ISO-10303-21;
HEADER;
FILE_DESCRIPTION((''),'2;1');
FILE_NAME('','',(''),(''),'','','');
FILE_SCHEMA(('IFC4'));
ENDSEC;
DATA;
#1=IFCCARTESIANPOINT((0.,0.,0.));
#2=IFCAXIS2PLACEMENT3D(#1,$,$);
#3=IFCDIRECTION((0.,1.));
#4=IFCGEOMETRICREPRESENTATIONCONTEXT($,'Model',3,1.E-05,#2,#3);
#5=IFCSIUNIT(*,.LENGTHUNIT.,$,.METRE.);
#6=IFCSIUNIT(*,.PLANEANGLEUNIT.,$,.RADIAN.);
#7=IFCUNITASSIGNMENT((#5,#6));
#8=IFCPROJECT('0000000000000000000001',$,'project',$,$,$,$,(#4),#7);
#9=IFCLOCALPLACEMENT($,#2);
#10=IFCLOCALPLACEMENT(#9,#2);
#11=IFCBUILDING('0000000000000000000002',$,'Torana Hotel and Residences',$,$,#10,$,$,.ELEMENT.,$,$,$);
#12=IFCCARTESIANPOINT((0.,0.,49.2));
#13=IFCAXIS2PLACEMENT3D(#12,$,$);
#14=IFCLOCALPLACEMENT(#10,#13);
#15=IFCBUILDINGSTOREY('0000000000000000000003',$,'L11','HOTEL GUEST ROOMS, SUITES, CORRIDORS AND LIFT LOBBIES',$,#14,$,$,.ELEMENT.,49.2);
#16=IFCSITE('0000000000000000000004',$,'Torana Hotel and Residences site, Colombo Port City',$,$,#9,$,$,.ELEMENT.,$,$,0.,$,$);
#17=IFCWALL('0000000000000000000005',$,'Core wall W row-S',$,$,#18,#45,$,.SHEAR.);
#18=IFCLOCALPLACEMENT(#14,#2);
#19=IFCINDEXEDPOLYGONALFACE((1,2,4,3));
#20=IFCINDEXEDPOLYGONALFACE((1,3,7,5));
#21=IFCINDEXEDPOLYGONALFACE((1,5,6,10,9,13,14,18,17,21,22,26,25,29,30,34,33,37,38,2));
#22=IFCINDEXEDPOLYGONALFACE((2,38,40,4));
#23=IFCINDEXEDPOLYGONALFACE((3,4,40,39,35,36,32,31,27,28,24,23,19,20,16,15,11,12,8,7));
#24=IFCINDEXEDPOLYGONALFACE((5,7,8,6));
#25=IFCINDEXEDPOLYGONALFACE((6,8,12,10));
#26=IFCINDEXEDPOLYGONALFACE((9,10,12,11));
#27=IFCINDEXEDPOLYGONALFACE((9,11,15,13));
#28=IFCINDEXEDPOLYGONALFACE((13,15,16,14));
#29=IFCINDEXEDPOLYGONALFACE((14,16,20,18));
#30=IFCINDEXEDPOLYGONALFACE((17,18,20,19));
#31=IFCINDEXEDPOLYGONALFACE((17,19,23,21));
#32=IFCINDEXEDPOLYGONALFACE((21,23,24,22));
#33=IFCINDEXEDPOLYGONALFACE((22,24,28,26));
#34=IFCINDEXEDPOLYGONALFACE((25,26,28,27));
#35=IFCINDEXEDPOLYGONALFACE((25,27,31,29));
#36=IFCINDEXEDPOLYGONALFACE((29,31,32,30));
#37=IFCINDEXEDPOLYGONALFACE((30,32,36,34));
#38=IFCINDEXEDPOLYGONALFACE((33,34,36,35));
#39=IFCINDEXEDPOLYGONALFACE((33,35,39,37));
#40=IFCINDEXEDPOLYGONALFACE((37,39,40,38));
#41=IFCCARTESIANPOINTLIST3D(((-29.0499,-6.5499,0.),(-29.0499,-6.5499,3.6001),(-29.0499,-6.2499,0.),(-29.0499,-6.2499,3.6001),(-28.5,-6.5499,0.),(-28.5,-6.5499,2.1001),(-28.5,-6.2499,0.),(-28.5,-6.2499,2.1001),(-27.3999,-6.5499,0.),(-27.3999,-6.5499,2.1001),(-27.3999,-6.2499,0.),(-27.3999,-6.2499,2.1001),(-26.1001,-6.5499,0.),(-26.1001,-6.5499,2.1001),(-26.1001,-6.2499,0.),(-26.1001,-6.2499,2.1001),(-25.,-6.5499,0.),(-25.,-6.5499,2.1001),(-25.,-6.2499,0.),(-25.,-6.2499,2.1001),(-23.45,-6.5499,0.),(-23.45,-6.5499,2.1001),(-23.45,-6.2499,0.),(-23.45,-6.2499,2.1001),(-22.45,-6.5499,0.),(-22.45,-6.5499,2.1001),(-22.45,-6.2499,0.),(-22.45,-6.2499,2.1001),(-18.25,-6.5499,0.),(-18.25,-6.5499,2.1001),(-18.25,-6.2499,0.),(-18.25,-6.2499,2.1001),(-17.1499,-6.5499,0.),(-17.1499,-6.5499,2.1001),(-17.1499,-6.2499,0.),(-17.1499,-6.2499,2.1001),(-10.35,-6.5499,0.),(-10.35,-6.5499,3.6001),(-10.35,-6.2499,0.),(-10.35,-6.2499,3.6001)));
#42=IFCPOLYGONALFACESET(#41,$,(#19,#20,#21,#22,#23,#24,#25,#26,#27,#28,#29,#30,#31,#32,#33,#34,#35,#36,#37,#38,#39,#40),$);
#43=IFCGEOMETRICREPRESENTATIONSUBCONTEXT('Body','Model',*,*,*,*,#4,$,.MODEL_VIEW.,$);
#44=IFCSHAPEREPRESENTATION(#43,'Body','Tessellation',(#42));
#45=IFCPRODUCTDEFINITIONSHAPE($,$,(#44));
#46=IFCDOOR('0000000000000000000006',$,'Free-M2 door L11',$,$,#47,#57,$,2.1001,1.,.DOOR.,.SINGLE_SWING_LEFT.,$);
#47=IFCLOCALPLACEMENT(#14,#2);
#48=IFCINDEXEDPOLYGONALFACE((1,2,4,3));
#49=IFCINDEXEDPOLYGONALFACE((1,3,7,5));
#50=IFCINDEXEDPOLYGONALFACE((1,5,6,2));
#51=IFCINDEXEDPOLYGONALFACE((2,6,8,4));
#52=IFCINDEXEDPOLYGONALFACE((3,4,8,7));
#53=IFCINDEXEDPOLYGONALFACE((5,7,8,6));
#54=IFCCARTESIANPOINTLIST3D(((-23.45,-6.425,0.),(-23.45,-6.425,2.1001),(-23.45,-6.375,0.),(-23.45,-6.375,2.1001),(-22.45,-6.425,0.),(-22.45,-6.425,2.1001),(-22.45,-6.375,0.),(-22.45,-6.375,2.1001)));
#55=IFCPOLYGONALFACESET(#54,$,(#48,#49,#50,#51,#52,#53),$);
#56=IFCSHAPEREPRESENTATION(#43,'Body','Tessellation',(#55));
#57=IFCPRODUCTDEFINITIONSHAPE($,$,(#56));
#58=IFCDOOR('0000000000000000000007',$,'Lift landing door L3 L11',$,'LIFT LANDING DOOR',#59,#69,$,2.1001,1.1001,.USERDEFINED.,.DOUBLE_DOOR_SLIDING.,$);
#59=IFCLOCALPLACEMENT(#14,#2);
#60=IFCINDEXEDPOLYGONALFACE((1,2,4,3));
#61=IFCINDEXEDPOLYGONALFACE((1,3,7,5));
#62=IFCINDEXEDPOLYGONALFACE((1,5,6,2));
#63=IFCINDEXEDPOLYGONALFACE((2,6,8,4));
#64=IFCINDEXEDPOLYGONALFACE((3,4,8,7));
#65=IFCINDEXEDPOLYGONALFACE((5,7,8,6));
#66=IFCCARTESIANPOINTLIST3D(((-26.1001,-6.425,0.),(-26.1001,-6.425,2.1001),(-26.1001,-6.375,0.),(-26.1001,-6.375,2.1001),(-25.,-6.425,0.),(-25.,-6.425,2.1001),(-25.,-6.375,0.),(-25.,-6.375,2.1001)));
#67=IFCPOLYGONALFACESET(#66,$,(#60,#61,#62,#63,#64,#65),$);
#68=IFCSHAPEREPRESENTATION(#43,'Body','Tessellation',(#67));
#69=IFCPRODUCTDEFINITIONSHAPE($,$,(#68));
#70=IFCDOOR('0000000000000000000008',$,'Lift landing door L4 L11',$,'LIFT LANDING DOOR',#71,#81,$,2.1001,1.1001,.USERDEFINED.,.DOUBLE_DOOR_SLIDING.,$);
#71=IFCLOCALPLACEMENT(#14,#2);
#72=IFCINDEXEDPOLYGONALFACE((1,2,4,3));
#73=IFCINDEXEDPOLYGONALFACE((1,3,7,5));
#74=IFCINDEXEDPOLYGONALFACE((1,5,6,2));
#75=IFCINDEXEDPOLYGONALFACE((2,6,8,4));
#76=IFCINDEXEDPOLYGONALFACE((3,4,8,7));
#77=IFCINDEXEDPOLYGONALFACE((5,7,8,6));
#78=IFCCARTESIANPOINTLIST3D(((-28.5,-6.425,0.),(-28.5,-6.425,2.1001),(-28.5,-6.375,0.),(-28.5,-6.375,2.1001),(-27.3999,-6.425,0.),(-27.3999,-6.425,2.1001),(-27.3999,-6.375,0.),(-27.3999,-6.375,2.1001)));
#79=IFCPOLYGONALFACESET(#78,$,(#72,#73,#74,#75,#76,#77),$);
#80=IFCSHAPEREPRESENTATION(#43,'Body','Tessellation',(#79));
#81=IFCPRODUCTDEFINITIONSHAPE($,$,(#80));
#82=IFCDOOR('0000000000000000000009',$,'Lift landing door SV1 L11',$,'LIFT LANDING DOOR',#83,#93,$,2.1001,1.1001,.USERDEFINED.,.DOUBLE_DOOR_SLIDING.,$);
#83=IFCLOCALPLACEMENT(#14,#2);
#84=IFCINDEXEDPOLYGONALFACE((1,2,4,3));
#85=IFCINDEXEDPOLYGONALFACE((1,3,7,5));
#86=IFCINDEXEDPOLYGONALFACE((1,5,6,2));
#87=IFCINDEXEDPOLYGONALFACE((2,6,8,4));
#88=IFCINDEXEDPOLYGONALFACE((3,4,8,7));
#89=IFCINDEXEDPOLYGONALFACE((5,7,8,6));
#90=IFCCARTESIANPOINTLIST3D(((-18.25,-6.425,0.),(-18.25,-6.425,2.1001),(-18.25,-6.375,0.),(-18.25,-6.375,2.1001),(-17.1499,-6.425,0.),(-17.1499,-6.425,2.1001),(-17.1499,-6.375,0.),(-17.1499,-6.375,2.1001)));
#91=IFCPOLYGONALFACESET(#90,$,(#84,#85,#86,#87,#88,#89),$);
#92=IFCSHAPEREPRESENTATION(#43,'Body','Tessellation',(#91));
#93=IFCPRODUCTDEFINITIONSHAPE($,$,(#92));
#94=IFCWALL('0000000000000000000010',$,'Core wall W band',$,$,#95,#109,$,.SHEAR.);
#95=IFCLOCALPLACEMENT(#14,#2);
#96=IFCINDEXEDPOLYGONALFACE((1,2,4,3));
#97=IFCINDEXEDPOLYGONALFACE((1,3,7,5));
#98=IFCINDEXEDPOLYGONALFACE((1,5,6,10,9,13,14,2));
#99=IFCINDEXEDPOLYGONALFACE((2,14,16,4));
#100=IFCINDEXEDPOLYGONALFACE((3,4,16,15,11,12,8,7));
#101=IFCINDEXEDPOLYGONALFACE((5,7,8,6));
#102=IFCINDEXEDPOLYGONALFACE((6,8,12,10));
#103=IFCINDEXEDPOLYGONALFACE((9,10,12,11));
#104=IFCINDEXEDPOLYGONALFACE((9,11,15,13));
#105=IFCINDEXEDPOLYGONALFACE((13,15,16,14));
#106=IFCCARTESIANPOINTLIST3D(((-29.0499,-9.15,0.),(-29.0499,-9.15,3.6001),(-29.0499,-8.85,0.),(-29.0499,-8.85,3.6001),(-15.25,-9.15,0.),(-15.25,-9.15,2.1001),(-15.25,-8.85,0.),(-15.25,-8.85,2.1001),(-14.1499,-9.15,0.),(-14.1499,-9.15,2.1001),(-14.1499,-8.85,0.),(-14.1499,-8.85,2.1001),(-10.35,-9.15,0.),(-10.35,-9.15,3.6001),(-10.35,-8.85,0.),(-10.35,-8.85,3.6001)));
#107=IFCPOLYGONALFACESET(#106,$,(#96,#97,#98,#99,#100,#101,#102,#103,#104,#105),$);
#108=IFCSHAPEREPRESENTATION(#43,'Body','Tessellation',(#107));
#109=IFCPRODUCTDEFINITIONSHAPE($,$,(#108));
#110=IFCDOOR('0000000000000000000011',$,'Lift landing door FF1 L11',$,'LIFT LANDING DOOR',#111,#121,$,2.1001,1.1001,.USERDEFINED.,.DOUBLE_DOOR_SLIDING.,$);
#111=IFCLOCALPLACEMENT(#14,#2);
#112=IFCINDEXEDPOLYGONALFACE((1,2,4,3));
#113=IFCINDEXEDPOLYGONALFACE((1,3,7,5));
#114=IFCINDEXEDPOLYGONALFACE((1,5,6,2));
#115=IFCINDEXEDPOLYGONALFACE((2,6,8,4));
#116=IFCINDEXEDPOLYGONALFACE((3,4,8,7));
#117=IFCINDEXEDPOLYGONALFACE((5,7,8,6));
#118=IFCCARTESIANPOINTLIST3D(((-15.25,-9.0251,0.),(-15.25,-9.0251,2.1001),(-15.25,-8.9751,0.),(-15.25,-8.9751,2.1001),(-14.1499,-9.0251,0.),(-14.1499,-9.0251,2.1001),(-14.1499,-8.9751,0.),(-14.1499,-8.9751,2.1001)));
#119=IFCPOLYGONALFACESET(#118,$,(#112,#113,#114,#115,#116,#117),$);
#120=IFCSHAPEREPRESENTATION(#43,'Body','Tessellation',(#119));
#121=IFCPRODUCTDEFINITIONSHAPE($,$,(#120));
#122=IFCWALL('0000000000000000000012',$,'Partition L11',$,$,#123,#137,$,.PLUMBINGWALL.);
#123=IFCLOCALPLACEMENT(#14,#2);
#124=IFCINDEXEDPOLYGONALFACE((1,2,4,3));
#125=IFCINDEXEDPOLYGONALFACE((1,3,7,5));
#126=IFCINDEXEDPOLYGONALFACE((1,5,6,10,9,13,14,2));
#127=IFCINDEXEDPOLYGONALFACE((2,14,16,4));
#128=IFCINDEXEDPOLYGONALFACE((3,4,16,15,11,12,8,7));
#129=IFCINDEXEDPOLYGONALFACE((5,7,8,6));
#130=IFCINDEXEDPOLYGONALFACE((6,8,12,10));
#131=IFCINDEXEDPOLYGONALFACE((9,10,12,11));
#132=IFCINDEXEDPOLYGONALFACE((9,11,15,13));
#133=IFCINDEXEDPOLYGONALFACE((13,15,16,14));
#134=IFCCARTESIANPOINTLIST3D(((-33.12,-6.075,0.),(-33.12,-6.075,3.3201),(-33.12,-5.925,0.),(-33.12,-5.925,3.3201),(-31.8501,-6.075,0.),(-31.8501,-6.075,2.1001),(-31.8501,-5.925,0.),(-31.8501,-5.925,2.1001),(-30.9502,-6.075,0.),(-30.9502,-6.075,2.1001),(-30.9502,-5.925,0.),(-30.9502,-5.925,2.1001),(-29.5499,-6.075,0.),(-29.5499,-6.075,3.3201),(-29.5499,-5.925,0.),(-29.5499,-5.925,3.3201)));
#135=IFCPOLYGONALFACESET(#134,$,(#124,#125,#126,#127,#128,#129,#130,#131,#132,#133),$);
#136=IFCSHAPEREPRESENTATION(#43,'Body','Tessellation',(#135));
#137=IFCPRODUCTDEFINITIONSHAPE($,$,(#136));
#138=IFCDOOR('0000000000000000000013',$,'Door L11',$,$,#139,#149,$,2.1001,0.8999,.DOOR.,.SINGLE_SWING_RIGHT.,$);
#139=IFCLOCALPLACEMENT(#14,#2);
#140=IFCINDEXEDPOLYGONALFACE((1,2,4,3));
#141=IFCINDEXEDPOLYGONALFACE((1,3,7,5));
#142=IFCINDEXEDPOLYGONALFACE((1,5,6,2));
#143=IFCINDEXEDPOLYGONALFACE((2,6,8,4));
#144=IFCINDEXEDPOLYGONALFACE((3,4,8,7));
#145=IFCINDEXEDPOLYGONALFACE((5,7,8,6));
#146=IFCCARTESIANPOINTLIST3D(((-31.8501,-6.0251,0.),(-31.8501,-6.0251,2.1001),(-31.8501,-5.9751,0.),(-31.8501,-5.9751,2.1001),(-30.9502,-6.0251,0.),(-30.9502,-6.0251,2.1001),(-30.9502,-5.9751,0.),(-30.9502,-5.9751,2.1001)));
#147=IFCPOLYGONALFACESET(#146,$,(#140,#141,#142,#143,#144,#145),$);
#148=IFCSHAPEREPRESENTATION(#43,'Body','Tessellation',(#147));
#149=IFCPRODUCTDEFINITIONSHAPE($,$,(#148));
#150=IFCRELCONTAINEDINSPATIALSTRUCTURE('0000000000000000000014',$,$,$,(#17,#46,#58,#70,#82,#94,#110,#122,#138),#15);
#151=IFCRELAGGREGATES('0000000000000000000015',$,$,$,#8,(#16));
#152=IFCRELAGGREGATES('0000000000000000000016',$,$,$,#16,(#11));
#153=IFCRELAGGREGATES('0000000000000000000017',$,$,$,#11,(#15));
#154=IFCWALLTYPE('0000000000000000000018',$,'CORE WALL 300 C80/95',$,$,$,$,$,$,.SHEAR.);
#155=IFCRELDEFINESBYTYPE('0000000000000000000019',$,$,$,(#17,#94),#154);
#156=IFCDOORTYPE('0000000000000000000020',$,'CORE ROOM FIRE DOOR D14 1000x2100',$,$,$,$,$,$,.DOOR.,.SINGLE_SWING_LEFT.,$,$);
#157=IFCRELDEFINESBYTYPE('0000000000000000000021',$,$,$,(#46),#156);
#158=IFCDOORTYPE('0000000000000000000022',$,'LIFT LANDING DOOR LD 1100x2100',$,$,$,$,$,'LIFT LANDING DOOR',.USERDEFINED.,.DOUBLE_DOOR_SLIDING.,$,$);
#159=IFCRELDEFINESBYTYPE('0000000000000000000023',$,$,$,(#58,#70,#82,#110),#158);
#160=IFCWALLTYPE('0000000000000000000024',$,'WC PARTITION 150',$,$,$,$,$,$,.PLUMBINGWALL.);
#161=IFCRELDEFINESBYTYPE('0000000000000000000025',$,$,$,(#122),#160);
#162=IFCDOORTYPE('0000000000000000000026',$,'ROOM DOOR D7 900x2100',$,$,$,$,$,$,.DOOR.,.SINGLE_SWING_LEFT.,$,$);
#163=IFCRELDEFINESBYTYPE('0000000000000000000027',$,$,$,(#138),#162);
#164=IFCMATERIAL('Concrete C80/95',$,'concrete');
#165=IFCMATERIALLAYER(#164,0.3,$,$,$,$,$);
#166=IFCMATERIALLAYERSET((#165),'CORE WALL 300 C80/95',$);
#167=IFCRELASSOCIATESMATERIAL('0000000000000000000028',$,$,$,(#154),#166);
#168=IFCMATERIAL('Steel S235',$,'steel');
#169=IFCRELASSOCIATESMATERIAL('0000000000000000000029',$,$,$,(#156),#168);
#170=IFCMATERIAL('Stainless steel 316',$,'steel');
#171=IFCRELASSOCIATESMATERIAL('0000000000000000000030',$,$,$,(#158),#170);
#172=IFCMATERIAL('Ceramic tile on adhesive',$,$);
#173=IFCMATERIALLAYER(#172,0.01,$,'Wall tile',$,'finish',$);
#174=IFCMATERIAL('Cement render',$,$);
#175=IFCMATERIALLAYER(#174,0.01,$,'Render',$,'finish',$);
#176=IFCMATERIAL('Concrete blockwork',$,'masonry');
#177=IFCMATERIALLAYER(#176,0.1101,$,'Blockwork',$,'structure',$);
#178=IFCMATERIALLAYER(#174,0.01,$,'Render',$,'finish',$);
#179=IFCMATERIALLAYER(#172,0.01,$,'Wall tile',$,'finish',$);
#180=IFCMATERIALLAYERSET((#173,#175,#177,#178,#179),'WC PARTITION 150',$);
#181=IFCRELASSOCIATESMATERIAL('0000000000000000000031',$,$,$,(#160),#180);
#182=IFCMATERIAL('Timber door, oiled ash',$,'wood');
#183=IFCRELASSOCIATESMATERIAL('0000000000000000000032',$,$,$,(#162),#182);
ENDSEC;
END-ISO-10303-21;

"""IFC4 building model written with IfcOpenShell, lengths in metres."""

from ifc_helpers import new_model, si_unit, direction, frame, frame_2d, origin, place, context, subcontext, project, spatial, rectangle, extrude, material, layer, layer_set, type_object, element, fill, save


model = new_model("IFC4")

# Units and contexts
model_context = context("Model", 3, precision=1e-05, world=origin(), true_north=direction((0.0, 1.0)))
body_context = subcontext(model_context, "Body", "Model", "MODEL_VIEW")
ifc_project = project(units=[si_unit("LENGTHUNIT", "METRE"), si_unit("PLANEANGLEUNIT", "RADIAN")], contexts=[model_context])

# Site, building, storey
site_placement = place(None, origin())
site = spatial("IfcSite", under=ifc_project, at=site_placement, Name="Torana Hotel and Residences site, Colombo Port City", CompositionType="ELEMENT", RefElevation=0.0)
building_placement = place(site_placement, origin())
building = spatial("IfcBuilding", under=site, at=building_placement, Name="Torana Hotel and Residences", CompositionType="ELEMENT")
storey_placement = place(building_placement, frame((0.0, 0.0, 49.2)))
storey = spatial("IfcBuildingStorey", under=building, at=storey_placement, Name="L11", Description="HOTEL GUEST ROOMS, SUITES, CORRIDORS AND LIFT LOBBIES", CompositionType="ELEMENT", Elevation=49.2)

# Wall, openings, doors
ifc_material_1 = material(Name="Concrete C80/95", Category="concrete")
ifc_layer_1 = layer(ifc_material_1, 0.3)
ifc_layer_set_1 = layer_set([ifc_layer_1], Name="CORE WALL 300 C80/95")
wall_type_1 = type_object("IfcWallType", Name="CORE WALL 300 C80/95", PredefinedType="SHEAR", material=ifc_layer_set_1)
ifc_material_2 = material(Name="Steel S235", Category="steel")
door_type_1 = type_object("IfcDoorType", Name="CORE ROOM FIRE DOOR D14 1000x2100", OperationType="SINGLE_SWING_LEFT", PredefinedType="DOOR", material=ifc_material_2)
ifc_material_3 = material(Name="Stainless steel 316", Category="steel")
door_type_2 = type_object("IfcDoorType", Name="LIFT LANDING DOOR LD 1100x2100", ElementType="LIFT LANDING DOOR", OperationType="DOUBLE_DOOR_SLIDING", PredefinedType="USERDEFINED", material=ifc_material_3)
wall_1_placement = place(storey_placement, frame((-29.05, -6.3999, 0.0), z_axis=(0.0, 0.0, 1.0), x_axis=(1.0, 0.0, 0.0)))
wall_1 = element("IfcWall", 1, at=wall_1_placement, inside=storey, type_object=wall_type_1, Name="Core wall W row-S", PredefinedType="SHEAR", context=body_context, shape_type="SweptSolid", body=[
    extrude(rectangle(XDim=18.7, YDim=0.3, at=frame_2d((9.3501, 0.0))), origin(), (0.0, 0.0, 1.0), 3.6001),
])
opening_1_placement = place(wall_1_placement, frame((2.95, 0.0, 0.0)))
opening_1 = element("IfcOpeningElement", 2, at=opening_1_placement, cuts=wall_1, PredefinedType="OPENING", context=body_context, shape_type="SweptSolid", body=[
    extrude(rectangle(XDim=1.1001, YDim=2.1001, at=frame_2d((0.55, 1.05))), frame((0.0, 0.1599, 0.0), z_axis=(0.0, -1.0, 0.0), x_axis=(1.0, 0.0, 0.0)), (0.0, 0.0, 1.0), 0.3201),
])
opening_2_placement = place(wall_1_placement, frame((0.55, 0.0, 0.0)))
opening_2 = element("IfcOpeningElement", 3, at=opening_2_placement, cuts=wall_1, PredefinedType="OPENING", context=body_context, shape_type="SweptSolid", body=[
    extrude(rectangle(XDim=1.1001, YDim=2.1001, at=frame_2d((0.55, 1.05))), frame((0.0, 0.1599, 0.0), z_axis=(0.0, -1.0, 0.0), x_axis=(1.0, 0.0, 0.0)), (0.0, 0.0, 1.0), 0.3201),
])
opening_3_placement = place(wall_1_placement, frame((10.8, 0.0, 0.0)))
opening_3 = element("IfcOpeningElement", 4, at=opening_3_placement, cuts=wall_1, PredefinedType="OPENING", context=body_context, shape_type="SweptSolid", body=[
    extrude(rectangle(XDim=1.1001, YDim=2.1001, at=frame_2d((0.55, 1.05))), frame((0.0, 0.1599, 0.0), z_axis=(0.0, -1.0, 0.0), x_axis=(1.0, 0.0, 0.0)), (0.0, 0.0, 1.0), 0.3201),
])
opening_4_placement = place(wall_1_placement, frame((5.6001, 0.0, 0.0)))
opening_4 = element("IfcOpeningElement", 5, at=opening_4_placement, cuts=wall_1, PredefinedType="OPENING", context=body_context, shape_type="SweptSolid", body=[
    extrude(rectangle(XDim=1.0, YDim=2.1001, at=frame_2d((0.5, 1.05))), frame((0.0, 0.1599, 0.0), z_axis=(0.0, -1.0, 0.0), x_axis=(1.0, 0.0, 0.0)), (0.0, 0.0, 1.0), 0.3201),
])
door_1_placement = place(opening_4_placement, frame((0.5, 0.0, 0.0), z_axis=(0.0, 0.0, 1.0), x_axis=(-1.0, 0.0, 0.0)))
door_1 = element("IfcDoor", 6, at=door_1_placement, inside=storey, type_object=door_type_1, Name="Free-M2 door L11", OperationType="SINGLE_SWING_LEFT", OverallHeight=2.1001, OverallWidth=1.0, PredefinedType="DOOR", context=body_context, shape_type="SweptSolid", body=[
    extrude(rectangle(XDim=1.0, YDim=2.1001, at=frame_2d((0.0, 1.05))), frame((0.0, -0.0249, 0.0), z_axis=(0.0, 1.0, 0.0), x_axis=(-1.0, 0.0, 0.0)), (0.0, 0.0, 1.0), 0.05),
])
fill(opening_4, door_1)
door_2_placement = place(opening_1_placement, origin())
door_2 = element("IfcDoor", 7, at=door_2_placement, inside=storey, type_object=door_type_2, Name="Lift landing door L3 L11", ObjectType="LIFT LANDING DOOR", OperationType="DOUBLE_DOOR_SLIDING", OverallHeight=2.1001, OverallWidth=1.1001, PredefinedType="USERDEFINED", context=body_context, shape_type="SweptSolid", body=[
    extrude(rectangle(XDim=1.1001, YDim=2.1001, at=frame_2d((0.55, 1.05))), frame((0.0, 0.0249, 0.0), z_axis=(0.0, -1.0, 0.0), x_axis=(1.0, 0.0, 0.0)), (0.0, 0.0, 1.0), 0.05),
])
fill(opening_1, door_2)
door_3_placement = place(opening_2_placement, origin())
door_3 = element("IfcDoor", 8, at=door_3_placement, inside=storey, type_object=door_type_2, Name="Lift landing door L4 L11", ObjectType="LIFT LANDING DOOR", OperationType="DOUBLE_DOOR_SLIDING", OverallHeight=2.1001, OverallWidth=1.1001, PredefinedType="USERDEFINED", context=body_context, shape_type="SweptSolid", body=[
    extrude(rectangle(XDim=1.1001, YDim=2.1001, at=frame_2d((0.55, 1.05))), frame((0.0, 0.0249, 0.0), z_axis=(0.0, -1.0, 0.0), x_axis=(1.0, 0.0, 0.0)), (0.0, 0.0, 1.0), 0.05),
])
fill(opening_2, door_3)
door_4_placement = place(opening_3_placement, origin())
door_4 = element("IfcDoor", 9, at=door_4_placement, inside=storey, type_object=door_type_2, Name="Lift landing door SV1 L11", ObjectType="LIFT LANDING DOOR", OperationType="DOUBLE_DOOR_SLIDING", OverallHeight=2.1001, OverallWidth=1.1001, PredefinedType="USERDEFINED", context=body_context, shape_type="SweptSolid", body=[
    extrude(rectangle(XDim=1.1001, YDim=2.1001, at=frame_2d((0.55, 1.05))), frame((0.0, 0.0249, 0.0), z_axis=(0.0, -1.0, 0.0), x_axis=(1.0, 0.0, 0.0)), (0.0, 0.0, 1.0), 0.05),
])
fill(opening_3, door_4)

# Wall, opening, door
wall_2_placement = place(storey_placement, frame((-29.05, -9.0, 0.0), z_axis=(0.0, 0.0, 1.0), x_axis=(1.0, 0.0, 0.0)))
wall_2 = element("IfcWall", 10, at=wall_2_placement, inside=storey, type_object=wall_type_1, Name="Core wall W band", PredefinedType="SHEAR", context=body_context, shape_type="SweptSolid", body=[
    extrude(rectangle(XDim=18.7, YDim=0.3, at=frame_2d((9.3501, 0.0))), origin(), (0.0, 0.0, 1.0), 3.6001),
])
opening_5_placement = place(wall_2_placement, frame((13.8, 0.0, 0.0)))
opening_5 = element("IfcOpeningElement", 11, at=opening_5_placement, cuts=wall_2, PredefinedType="OPENING", context=body_context, shape_type="SweptSolid", body=[
    extrude(rectangle(XDim=1.1001, YDim=2.1001, at=frame_2d((0.55, 1.05))), frame((0.0, 0.1599, 0.0), z_axis=(0.0, -1.0, 0.0), x_axis=(1.0, 0.0, 0.0)), (0.0, 0.0, 1.0), 0.3201),
])
door_5_placement = place(opening_5_placement, origin())
door_5 = element("IfcDoor", 12, at=door_5_placement, inside=storey, type_object=door_type_2, Name="Lift landing door FF1 L11", ObjectType="LIFT LANDING DOOR", OperationType="DOUBLE_DOOR_SLIDING", OverallHeight=2.1001, OverallWidth=1.1001, PredefinedType="USERDEFINED", context=body_context, shape_type="SweptSolid", body=[
    extrude(rectangle(XDim=1.1001, YDim=2.1001, at=frame_2d((0.55, 1.05))), frame((0.0, 0.0249, 0.0), z_axis=(0.0, -1.0, 0.0), x_axis=(1.0, 0.0, 0.0)), (0.0, 0.0, 1.0), 0.05),
])
fill(opening_5, door_5)

# Wall, opening, door
ifc_material_4 = material(Name="Ceramic tile on adhesive")
ifc_layer_2 = layer(ifc_material_4, 0.01, Name="Wall tile", Category="finish")
ifc_material_5 = material(Name="Cement render")
ifc_layer_3 = layer(ifc_material_5, 0.01, Name="Render", Category="finish")
ifc_material_6 = material(Name="Concrete blockwork", Category="masonry")
ifc_layer_4 = layer(ifc_material_6, 0.1101, Name="Blockwork", Category="structure")
ifc_layer_5 = layer(ifc_material_5, 0.01, Name="Render", Category="finish")
ifc_layer_6 = layer(ifc_material_4, 0.01, Name="Wall tile", Category="finish")
ifc_layer_set_2 = layer_set([ifc_layer_2, ifc_layer_3, ifc_layer_4, ifc_layer_5, ifc_layer_6], Name="WC PARTITION 150")
wall_type_2 = type_object("IfcWallType", Name="WC PARTITION 150", PredefinedType="PLUMBINGWALL", material=ifc_layer_set_2)
wall_3_placement = place(storey_placement, frame((-33.1201, -6.0, 0.0), z_axis=(0.0, 0.0, 1.0), x_axis=(1.0, 0.0, 0.0)))
wall_3 = element("IfcWall", 13, at=wall_3_placement, inside=storey, type_object=wall_type_2, Name="Partition L11", PredefinedType="PLUMBINGWALL", context=body_context, shape_type="SweptSolid", body=[
    extrude(rectangle(XDim=3.5701, YDim=0.1499, at=frame_2d((1.7852, 0.0))), origin(), (0.0, 0.0, 1.0), 3.3201),
])
opening_6_placement = place(wall_3_placement, frame((1.27, 0.0, 0.0)))
opening_6 = element("IfcOpeningElement", 14, at=opening_6_placement, cuts=wall_3, PredefinedType="OPENING", context=body_context, shape_type="SweptSolid", body=[
    extrude(rectangle(XDim=0.8999, YDim=2.1001, at=frame_2d((0.45, 1.05))), frame((0.0, 0.085, 0.0), z_axis=(0.0, -1.0, 0.0), x_axis=(1.0, 0.0, 0.0)), (0.0, 0.0, 1.0), 0.1699),
])
ifc_material_7 = material(Name="Timber door, oiled ash", Category="wood")
door_type_3 = type_object("IfcDoorType", Name="ROOM DOOR D7 900x2100", OperationType="SINGLE_SWING_LEFT", PredefinedType="DOOR", material=ifc_material_7)
door_6_placement = place(opening_6_placement, origin())
door_6 = element("IfcDoor", 15, at=door_6_placement, inside=storey, type_object=door_type_3, Name="Door L11", OperationType="SINGLE_SWING_RIGHT", OverallHeight=2.1001, OverallWidth=0.8999, PredefinedType="DOOR", context=body_context, shape_type="SweptSolid", body=[
    extrude(rectangle(XDim=0.8999, YDim=2.1001, at=frame_2d((0.45, 1.05))), frame((0.0, 0.0249, 0.0), z_axis=(0.0, -1.0, 0.0), x_axis=(1.0, 0.0, 0.0)), (0.0, 0.0, 1.0), 0.05),
])
fill(opening_6, door_6)

save(model, "model.ifc")
